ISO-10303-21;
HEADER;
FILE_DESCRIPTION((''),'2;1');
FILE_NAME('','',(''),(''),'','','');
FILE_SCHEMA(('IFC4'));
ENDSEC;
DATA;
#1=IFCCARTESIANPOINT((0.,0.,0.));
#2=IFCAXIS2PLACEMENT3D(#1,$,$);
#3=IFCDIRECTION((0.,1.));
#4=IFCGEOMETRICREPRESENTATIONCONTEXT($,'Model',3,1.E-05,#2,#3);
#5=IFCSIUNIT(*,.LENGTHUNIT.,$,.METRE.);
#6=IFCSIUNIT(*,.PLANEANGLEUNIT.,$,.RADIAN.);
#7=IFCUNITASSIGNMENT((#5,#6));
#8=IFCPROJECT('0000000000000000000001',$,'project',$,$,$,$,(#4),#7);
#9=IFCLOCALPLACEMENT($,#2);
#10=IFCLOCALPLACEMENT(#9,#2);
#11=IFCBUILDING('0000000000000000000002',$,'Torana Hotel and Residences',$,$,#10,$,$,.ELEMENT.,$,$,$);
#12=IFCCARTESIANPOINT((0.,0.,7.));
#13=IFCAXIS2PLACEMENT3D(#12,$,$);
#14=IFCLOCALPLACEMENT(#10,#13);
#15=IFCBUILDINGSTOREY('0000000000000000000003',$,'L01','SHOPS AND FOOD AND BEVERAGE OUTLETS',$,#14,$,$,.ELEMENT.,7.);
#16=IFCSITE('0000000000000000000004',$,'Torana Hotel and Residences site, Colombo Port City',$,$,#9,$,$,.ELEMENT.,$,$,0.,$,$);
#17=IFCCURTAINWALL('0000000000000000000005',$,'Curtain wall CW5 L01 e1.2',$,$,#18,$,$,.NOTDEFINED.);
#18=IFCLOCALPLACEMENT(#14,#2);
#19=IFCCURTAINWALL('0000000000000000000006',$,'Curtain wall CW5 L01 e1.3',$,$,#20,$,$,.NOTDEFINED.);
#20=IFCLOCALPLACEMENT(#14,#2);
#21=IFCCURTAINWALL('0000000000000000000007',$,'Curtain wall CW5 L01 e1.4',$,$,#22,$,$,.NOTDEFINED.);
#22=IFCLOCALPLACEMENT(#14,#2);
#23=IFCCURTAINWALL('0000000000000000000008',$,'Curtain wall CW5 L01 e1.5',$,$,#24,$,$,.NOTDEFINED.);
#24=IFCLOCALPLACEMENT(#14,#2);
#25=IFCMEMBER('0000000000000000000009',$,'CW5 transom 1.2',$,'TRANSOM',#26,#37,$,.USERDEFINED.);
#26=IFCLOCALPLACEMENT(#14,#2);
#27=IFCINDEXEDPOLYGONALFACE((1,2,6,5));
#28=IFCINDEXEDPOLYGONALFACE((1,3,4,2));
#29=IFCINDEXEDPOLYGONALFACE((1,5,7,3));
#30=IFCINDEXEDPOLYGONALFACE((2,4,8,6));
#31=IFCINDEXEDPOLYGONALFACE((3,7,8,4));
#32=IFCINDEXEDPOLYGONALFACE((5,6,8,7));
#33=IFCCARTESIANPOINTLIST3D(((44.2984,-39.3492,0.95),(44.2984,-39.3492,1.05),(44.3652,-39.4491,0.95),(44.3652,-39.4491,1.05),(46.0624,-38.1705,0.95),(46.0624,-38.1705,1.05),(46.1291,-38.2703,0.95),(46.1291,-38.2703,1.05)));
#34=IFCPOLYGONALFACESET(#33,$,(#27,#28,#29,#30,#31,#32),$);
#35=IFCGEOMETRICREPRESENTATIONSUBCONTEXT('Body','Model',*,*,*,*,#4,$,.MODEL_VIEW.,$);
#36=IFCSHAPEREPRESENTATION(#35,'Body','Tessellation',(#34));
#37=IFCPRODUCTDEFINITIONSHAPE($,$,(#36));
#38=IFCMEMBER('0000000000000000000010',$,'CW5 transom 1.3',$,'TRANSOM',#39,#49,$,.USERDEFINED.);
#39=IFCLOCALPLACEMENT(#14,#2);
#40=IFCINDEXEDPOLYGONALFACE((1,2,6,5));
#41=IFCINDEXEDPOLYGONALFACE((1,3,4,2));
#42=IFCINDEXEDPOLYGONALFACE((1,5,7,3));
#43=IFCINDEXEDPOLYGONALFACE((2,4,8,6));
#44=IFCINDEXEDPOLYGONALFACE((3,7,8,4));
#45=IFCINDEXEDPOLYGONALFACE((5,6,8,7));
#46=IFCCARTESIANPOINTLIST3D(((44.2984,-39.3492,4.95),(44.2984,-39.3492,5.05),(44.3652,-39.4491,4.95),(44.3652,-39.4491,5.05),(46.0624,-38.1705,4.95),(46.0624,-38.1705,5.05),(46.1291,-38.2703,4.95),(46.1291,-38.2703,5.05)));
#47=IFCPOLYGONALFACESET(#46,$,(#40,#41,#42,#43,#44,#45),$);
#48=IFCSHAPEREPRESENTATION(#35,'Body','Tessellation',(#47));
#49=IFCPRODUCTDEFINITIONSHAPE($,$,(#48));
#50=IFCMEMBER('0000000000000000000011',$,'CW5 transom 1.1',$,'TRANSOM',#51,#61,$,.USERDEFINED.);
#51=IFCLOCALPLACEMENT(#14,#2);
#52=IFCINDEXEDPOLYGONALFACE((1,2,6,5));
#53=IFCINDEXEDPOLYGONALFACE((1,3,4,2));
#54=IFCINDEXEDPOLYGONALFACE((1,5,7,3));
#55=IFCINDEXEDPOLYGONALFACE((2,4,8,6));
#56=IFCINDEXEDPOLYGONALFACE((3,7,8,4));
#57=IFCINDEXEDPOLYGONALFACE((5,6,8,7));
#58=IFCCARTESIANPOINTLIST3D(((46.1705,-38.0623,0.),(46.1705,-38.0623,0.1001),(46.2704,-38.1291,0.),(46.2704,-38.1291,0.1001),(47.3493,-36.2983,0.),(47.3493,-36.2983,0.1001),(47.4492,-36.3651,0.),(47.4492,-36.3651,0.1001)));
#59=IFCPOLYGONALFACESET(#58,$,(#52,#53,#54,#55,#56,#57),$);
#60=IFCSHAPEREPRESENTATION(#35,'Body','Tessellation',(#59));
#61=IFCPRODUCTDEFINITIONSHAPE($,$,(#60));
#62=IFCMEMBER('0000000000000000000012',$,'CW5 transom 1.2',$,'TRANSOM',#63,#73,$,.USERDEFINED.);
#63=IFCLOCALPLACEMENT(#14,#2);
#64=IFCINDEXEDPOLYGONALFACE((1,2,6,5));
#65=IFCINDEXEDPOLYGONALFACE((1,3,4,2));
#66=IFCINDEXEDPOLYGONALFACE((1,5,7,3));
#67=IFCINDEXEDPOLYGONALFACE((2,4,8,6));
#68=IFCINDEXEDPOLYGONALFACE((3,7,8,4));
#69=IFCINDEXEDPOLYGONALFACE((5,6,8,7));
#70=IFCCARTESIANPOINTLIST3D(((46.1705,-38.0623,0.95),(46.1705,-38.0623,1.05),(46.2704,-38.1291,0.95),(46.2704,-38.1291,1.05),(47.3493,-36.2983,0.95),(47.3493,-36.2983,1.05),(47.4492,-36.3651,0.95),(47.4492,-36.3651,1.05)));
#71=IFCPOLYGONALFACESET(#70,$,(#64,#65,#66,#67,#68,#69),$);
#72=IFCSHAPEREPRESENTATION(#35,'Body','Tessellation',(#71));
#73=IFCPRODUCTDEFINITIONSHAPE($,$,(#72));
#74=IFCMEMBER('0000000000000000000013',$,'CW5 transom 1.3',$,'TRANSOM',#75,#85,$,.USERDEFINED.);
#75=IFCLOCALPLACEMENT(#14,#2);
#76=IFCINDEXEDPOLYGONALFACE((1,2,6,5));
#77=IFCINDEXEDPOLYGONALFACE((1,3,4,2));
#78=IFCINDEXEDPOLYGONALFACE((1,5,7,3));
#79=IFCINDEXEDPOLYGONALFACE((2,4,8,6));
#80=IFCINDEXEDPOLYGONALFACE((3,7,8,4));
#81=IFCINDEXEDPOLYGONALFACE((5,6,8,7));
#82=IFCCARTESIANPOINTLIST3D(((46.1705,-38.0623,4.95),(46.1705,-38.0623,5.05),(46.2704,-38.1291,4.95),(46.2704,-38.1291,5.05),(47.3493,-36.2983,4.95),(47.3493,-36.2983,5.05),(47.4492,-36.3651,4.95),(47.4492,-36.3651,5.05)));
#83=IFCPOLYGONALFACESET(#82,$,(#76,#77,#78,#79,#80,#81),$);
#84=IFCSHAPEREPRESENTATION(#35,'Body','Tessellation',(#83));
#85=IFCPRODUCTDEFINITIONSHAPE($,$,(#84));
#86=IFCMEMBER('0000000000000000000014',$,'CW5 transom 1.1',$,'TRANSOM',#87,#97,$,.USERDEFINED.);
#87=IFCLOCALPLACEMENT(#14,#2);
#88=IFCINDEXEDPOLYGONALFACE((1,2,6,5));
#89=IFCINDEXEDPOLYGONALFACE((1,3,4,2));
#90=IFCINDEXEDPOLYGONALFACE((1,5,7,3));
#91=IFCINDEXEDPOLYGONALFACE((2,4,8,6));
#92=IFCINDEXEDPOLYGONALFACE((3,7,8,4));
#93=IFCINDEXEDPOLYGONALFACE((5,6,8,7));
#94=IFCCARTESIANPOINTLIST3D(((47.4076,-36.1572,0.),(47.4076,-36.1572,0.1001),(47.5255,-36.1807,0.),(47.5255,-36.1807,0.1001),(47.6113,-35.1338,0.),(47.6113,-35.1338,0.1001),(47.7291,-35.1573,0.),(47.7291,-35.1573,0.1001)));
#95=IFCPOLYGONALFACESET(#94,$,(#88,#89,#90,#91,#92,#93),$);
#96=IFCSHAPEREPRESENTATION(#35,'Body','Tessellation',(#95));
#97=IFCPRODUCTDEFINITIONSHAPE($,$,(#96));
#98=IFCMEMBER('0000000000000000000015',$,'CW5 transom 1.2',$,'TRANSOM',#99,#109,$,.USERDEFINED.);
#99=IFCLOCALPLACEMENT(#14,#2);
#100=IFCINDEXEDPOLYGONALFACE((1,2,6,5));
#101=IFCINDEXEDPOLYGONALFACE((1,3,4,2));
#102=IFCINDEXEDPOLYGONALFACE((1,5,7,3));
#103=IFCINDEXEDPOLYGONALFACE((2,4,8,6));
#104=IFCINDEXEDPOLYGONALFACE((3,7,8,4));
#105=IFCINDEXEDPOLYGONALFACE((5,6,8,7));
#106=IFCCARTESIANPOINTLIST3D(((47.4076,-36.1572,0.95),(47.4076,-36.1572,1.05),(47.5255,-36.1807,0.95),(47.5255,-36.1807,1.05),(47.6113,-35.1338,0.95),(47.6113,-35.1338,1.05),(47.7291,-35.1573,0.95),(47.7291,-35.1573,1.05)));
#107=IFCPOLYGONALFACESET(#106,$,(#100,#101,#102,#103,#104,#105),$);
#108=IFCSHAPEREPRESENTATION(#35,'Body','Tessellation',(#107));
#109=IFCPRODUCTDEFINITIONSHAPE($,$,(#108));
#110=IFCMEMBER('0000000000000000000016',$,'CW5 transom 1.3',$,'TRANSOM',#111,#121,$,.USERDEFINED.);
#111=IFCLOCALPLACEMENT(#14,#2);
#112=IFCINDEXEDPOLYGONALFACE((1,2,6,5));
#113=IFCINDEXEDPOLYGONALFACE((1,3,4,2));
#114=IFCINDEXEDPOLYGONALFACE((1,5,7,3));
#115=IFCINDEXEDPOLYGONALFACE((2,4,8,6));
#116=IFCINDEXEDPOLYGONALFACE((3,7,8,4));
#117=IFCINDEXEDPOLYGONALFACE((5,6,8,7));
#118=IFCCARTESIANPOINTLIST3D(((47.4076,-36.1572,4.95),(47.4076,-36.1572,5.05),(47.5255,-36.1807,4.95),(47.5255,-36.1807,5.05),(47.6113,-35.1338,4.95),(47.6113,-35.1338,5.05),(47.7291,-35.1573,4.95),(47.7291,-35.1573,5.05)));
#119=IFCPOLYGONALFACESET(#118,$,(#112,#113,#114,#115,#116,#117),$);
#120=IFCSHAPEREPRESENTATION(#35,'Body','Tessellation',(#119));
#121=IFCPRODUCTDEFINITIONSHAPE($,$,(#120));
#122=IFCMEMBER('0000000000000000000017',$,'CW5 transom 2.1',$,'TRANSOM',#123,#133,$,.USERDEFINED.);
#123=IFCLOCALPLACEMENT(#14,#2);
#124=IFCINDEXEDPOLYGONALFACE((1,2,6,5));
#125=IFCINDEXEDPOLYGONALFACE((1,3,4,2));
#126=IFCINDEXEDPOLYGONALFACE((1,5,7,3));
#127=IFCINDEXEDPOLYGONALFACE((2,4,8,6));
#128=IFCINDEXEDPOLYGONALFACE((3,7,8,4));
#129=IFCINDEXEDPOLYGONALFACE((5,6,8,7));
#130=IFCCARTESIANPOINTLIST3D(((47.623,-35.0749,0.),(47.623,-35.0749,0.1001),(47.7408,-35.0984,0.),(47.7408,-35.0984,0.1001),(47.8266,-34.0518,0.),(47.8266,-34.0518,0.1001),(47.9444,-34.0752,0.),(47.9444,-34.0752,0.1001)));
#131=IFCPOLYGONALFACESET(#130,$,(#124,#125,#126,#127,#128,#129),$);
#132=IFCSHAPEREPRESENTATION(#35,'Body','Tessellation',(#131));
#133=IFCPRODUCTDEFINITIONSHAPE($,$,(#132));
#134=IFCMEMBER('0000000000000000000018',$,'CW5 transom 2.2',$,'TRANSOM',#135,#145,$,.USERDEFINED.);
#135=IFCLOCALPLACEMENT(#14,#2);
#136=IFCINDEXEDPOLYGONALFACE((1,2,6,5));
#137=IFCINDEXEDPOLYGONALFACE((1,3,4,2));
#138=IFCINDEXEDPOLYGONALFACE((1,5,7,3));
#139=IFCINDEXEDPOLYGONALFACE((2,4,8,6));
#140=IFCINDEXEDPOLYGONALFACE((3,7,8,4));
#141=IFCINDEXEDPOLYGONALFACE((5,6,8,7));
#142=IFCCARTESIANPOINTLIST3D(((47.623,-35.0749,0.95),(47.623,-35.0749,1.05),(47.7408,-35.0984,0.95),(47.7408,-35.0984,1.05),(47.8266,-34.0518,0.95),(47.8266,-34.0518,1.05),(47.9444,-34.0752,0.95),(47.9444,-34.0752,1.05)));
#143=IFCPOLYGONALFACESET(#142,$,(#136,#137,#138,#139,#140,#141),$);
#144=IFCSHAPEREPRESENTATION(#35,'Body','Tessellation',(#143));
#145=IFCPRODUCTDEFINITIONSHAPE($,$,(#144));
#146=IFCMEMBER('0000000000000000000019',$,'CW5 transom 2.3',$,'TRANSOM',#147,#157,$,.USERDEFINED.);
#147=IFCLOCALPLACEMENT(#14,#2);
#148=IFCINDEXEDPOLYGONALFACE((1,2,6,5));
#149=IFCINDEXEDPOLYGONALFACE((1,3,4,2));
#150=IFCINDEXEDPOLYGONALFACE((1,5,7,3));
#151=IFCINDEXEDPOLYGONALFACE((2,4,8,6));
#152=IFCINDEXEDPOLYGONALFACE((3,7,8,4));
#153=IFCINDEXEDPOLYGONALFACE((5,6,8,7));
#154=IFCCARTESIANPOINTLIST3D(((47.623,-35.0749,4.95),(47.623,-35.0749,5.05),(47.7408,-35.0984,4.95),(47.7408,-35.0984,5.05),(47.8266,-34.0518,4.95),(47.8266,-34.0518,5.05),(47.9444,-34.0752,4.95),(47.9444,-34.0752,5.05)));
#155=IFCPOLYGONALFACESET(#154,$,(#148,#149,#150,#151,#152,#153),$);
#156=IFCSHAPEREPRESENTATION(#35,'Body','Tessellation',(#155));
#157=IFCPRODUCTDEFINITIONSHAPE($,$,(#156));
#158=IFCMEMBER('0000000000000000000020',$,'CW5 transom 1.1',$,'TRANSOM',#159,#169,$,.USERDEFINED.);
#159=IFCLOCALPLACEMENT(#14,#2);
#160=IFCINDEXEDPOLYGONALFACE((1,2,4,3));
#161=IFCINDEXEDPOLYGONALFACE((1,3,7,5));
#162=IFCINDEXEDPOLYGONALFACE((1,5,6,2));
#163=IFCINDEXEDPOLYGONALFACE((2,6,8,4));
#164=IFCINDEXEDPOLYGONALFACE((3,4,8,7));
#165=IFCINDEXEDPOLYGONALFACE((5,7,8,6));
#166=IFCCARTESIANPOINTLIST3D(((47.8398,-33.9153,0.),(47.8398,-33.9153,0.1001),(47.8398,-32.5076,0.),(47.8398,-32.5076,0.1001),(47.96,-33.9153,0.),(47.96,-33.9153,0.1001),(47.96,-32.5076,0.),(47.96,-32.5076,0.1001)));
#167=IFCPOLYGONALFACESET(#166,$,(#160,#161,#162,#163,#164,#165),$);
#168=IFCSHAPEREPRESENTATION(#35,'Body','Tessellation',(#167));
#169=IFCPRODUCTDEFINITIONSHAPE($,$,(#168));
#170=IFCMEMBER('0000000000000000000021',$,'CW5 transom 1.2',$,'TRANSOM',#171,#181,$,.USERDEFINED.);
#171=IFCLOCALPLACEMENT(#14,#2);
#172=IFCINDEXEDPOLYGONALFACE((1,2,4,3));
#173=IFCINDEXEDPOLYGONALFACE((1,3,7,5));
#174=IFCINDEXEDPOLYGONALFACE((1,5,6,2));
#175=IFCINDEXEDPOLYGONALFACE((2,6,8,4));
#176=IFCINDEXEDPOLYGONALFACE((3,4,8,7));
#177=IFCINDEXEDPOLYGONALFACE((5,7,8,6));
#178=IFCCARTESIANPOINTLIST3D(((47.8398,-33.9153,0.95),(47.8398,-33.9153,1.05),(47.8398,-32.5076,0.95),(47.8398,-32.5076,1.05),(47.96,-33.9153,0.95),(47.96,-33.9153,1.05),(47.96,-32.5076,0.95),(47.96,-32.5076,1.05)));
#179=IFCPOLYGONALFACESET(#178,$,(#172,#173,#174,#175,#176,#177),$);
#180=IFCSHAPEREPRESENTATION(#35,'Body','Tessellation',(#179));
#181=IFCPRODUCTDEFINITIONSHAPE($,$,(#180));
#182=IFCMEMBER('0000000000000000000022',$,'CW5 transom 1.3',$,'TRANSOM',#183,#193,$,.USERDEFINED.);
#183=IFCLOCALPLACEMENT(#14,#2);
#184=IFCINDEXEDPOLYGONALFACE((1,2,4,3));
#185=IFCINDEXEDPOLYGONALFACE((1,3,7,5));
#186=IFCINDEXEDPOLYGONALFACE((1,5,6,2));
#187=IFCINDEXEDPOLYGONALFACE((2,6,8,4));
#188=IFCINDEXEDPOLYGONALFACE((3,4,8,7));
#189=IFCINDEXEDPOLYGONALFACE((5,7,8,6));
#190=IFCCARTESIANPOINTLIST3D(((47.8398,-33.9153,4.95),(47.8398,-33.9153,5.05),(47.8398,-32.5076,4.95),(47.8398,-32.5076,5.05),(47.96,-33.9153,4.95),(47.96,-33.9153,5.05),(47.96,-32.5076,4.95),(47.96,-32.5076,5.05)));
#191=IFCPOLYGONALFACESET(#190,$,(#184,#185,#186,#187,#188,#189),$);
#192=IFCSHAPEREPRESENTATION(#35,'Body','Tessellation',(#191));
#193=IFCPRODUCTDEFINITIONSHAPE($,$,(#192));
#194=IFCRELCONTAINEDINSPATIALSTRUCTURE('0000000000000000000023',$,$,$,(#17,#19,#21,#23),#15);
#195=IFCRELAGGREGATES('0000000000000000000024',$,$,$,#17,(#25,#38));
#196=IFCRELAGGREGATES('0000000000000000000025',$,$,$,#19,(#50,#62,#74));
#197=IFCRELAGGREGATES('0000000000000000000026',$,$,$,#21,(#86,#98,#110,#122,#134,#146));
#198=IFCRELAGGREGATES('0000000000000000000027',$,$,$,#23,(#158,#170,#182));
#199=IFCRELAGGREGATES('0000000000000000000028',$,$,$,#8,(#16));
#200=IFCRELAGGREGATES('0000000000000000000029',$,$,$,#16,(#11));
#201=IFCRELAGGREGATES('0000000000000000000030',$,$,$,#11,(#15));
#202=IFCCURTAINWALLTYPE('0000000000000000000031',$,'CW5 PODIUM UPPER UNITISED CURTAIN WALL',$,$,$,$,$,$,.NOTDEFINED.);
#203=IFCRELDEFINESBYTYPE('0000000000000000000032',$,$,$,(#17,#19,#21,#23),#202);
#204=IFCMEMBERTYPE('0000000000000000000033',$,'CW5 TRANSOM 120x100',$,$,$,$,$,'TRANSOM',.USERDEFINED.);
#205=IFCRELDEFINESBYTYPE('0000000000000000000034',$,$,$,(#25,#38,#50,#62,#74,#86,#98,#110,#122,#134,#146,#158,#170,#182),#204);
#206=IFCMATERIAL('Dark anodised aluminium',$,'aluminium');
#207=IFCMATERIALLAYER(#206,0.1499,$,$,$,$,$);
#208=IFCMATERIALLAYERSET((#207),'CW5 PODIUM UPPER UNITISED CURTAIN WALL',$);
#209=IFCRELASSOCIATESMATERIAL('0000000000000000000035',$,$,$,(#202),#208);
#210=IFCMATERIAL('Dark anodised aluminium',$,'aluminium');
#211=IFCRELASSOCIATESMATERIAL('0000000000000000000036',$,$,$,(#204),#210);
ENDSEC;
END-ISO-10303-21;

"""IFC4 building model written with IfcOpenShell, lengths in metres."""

from ifc_helpers import new_model, si_unit, direction, frame, origin, origin_2d, place, context, subcontext, project, spatial, rectangle, extrude, material, layer, layer_set, material_profile, profile_set, type_object, element, aggregate, save


model = new_model("IFC4")

# Units and contexts
model_context = context("Model", 3, precision=1e-05, world=origin(), true_north=direction((0.0, 1.0)))
body_context = subcontext(model_context, "Body", "Model", "MODEL_VIEW")
ifc_project = project(units=[si_unit("LENGTHUNIT", "METRE"), si_unit("PLANEANGLEUNIT", "RADIAN")], contexts=[model_context])

# Site, building, storey
site_placement = place(None, origin())
site = spatial("IfcSite", under=ifc_project, at=site_placement, Name="Torana Hotel and Residences site, Colombo Port City", CompositionType="ELEMENT", RefElevation=0.0)
building_placement = place(site_placement, origin())
building = spatial("IfcBuilding", under=site, at=building_placement, Name="Torana Hotel and Residences", CompositionType="ELEMENT")
storey_placement = place(building_placement, frame((0.0, 0.0, 7.0)))
storey = spatial("IfcBuildingStorey", under=building, at=storey_placement, Name="L01", Description="SHOPS AND FOOD AND BEVERAGE OUTLETS", CompositionType="ELEMENT", Elevation=7.0)

# Shared definitions
ifc_material_1 = material(Name="Dark anodised aluminium", Category="aluminium")
ifc_layer_1 = layer(ifc_material_1, 0.1499)
ifc_layer_set_1 = layer_set([ifc_layer_1], Name="CW5 PODIUM UPPER UNITISED CURTAIN WALL")
curtain_wall_type = type_object("IfcCurtainWallType", Name="CW5 PODIUM UPPER UNITISED CURTAIN WALL", PredefinedType="NOTDEFINED", material=ifc_layer_set_1)

# Curtain walls
curtain_wall_1_placement = place(storey_placement, origin())
curtain_wall_1 = element("IfcCurtainWall", 1, at=curtain_wall_1_placement, inside=storey, type_object=curtain_wall_type, Name="Curtain wall CW5 L01 e1.2", PredefinedType="NOTDEFINED")
curtain_wall_2_placement = place(storey_placement, origin())
curtain_wall_2 = element("IfcCurtainWall", 2, at=curtain_wall_2_placement, inside=storey, type_object=curtain_wall_type, Name="Curtain wall CW5 L01 e1.3", PredefinedType="NOTDEFINED")
curtain_wall_3_placement = place(storey_placement, origin())
curtain_wall_3 = element("IfcCurtainWall", 3, at=curtain_wall_3_placement, inside=storey, type_object=curtain_wall_type, Name="Curtain wall CW5 L01 e1.4", PredefinedType="NOTDEFINED")

# Curtain wall
curtain_wall_4_placement = place(storey_placement, origin())
curtain_wall_4 = element("IfcCurtainWall", 4, at=curtain_wall_4_placement, inside=storey, type_object=curtain_wall_type, Name="Curtain wall CW5 L01 e1.5", PredefinedType="NOTDEFINED")

# Members
ifc_material_2 = material(Name="Dark anodised aluminium", Category="aluminium")
ifc_material_profile_1 = material_profile(ifc_material_2, rectangle(XDim=0.1201, YDim=0.1001, at=origin_2d()), Name="CW5 TRANSOM 120x100")
ifc_profile_set_1 = profile_set([ifc_material_profile_1], Name="Dark anodised aluminium")
member_type_1 = type_object("IfcMemberType", Name="CW5 TRANSOM 120x100", ElementType="TRANSOM", PredefinedType="USERDEFINED", material=ifc_profile_set_1)
member_1_placement = place(storey_placement, frame((44.3318, -39.3992, 1.0), z_axis=(0.831448, 0.555603, 0.0), x_axis=(-0.555603, 0.831448, 0.0)))
member_1 = element("IfcMember", 5, at=member_1_placement, type_object=member_type_1, Name="CW5 transom 1.2", ObjectType="TRANSOM", PredefinedType="USERDEFINED", context=body_context, shape_type="SweptSolid", body=[
    extrude(rectangle(XDim=0.1201, YDim=0.1001, at=origin_2d()), origin(), (0.0, 0.0, 1.0), 2.1216),
])
member_2_placement = place(storey_placement, frame((44.3318, -39.3992, 5.0), z_axis=(0.831448, 0.555603, 0.0), x_axis=(-0.555603, 0.831448, 0.0)))
member_2 = element("IfcMember", 6, at=member_2_placement, type_object=member_type_1, Name="CW5 transom 1.3", ObjectType="TRANSOM", PredefinedType="USERDEFINED", context=body_context, shape_type="SweptSolid", body=[
    extrude(rectangle(XDim=0.1201, YDim=0.1001, at=origin_2d()), origin(), (0.0, 0.0, 1.0), 2.1216),
])
member_3_placement = place(storey_placement, frame((46.2205, -38.0957, 0.05), z_axis=(0.555603, 0.831448, 0.0), x_axis=(-0.831448, 0.555603, 0.0)))
member_3 = element("IfcMember", 7, at=member_3_placement, type_object=member_type_1, Name="CW5 transom 1.1", ObjectType="TRANSOM", PredefinedType="USERDEFINED", context=body_context, shape_type="SweptSolid", body=[
    extrude(rectangle(XDim=0.1201, YDim=0.1001, at=origin_2d()), origin(), (0.0, 0.0, 1.0), 2.1216),
])
member_4_placement = place(storey_placement, frame((46.2205, -38.0957, 1.0), z_axis=(0.555603, 0.831448, 0.0), x_axis=(-0.831448, 0.555603, 0.0)))
member_4 = element("IfcMember", 8, at=member_4_placement, type_object=member_type_1, Name="CW5 transom 1.2", ObjectType="TRANSOM", PredefinedType="USERDEFINED", context=body_context, shape_type="SweptSolid", body=[
    extrude(rectangle(XDim=0.1201, YDim=0.1001, at=origin_2d()), origin(), (0.0, 0.0, 1.0), 2.1216),
])
member_5_placement = place(storey_placement, frame((46.2205, -38.0957, 5.0), z_axis=(0.555603, 0.831448, 0.0), x_axis=(-0.831448, 0.555603, 0.0)))
member_5 = element("IfcMember", 9, at=member_5_placement, type_object=member_type_1, Name="CW5 transom 1.3", ObjectType="TRANSOM", PredefinedType="USERDEFINED", context=body_context, shape_type="SweptSolid", body=[
    extrude(rectangle(XDim=0.1201, YDim=0.1001, at=origin_2d()), origin(), (0.0, 0.0, 1.0), 2.1216),
])
member_6_placement = place(storey_placement, frame((47.4666, -36.1689, 0.05), z_axis=(0.195126, 0.980778, 0.0), x_axis=(-0.980778, 0.195126, 0.0)))
member_6 = element("IfcMember", 10, at=member_6_placement, type_object=member_type_1, Name="CW5 transom 1.1", ObjectType="TRANSOM", PredefinedType="USERDEFINED", context=body_context, shape_type="SweptSolid", body=[
    extrude(rectangle(XDim=0.1201, YDim=0.1001, at=origin_2d()), origin(), (0.0, 0.0, 1.0), 1.0435),
])
member_7_placement = place(storey_placement, frame((47.4666, -36.1689, 1.0), z_axis=(0.195126, 0.980778, 0.0), x_axis=(-0.980778, 0.195126, 0.0)))
member_7 = element("IfcMember", 11, at=member_7_placement, type_object=member_type_1, Name="CW5 transom 1.2", ObjectType="TRANSOM", PredefinedType="USERDEFINED", context=body_context, shape_type="SweptSolid", body=[
    extrude(rectangle(XDim=0.1201, YDim=0.1001, at=origin_2d()), origin(), (0.0, 0.0, 1.0), 1.0435),
])
member_8_placement = place(storey_placement, frame((47.4666, -36.1689, 5.0), z_axis=(0.195126, 0.980778, 0.0), x_axis=(-0.980778, 0.195126, 0.0)))
member_8 = element("IfcMember", 12, at=member_8_placement, type_object=member_type_1, Name="CW5 transom 1.3", ObjectType="TRANSOM", PredefinedType="USERDEFINED", context=body_context, shape_type="SweptSolid", body=[
    extrude(rectangle(XDim=0.1201, YDim=0.1001, at=origin_2d()), origin(), (0.0, 0.0, 1.0), 1.0435),
])
member_9_placement = place(storey_placement, frame((47.6819, -35.0867, 0.05), z_axis=(0.195171, 0.980769, 0.0), x_axis=(-0.980769, 0.195171, 0.0)))
member_9 = element("IfcMember", 13, at=member_9_placement, type_object=member_type_1, Name="CW5 transom 2.1", ObjectType="TRANSOM", PredefinedType="USERDEFINED", context=body_context, shape_type="SweptSolid", body=[
    extrude(rectangle(XDim=0.1201, YDim=0.1001, at=origin_2d()), origin(), (0.0, 0.0, 1.0), 1.0432),
])
member_10_placement = place(storey_placement, frame((47.6819, -35.0867, 1.0), z_axis=(0.195171, 0.980769, 0.0), x_axis=(-0.980769, 0.195171, 0.0)))
member_10 = element("IfcMember", 14, at=member_10_placement, type_object=member_type_1, Name="CW5 transom 2.2", ObjectType="TRANSOM", PredefinedType="USERDEFINED", context=body_context, shape_type="SweptSolid", body=[
    extrude(rectangle(XDim=0.1201, YDim=0.1001, at=origin_2d()), origin(), (0.0, 0.0, 1.0), 1.0432),
])
member_11_placement = place(storey_placement, frame((47.6819, -35.0867, 5.0), z_axis=(0.195171, 0.980769, 0.0), x_axis=(-0.980769, 0.195171, 0.0)))
member_11 = element("IfcMember", 15, at=member_11_placement, type_object=member_type_1, Name="CW5 transom 2.3", ObjectType="TRANSOM", PredefinedType="USERDEFINED", context=body_context, shape_type="SweptSolid", body=[
    extrude(rectangle(XDim=0.1201, YDim=0.1001, at=origin_2d()), origin(), (0.0, 0.0, 1.0), 1.0432),
])
member_12_placement = place(storey_placement, frame((47.8999, -33.9153, 0.05), z_axis=(0.0, 1.0, 0.0), x_axis=(-1.0, 0.0, 0.0)))
member_12 = element("IfcMember", 16, at=member_12_placement, type_object=member_type_1, Name="CW5 transom 1.1", ObjectType="TRANSOM", PredefinedType="USERDEFINED", context=body_context, shape_type="SweptSolid", body=[
    extrude(rectangle(XDim=0.1201, YDim=0.1001, at=origin_2d()), origin(), (0.0, 0.0, 1.0), 1.4077),
])
member_13_placement = place(storey_placement, frame((47.8999, -33.9153, 1.0), z_axis=(0.0, 1.0, 0.0), x_axis=(-1.0, 0.0, 0.0)))
member_13 = element("IfcMember", 17, at=member_13_placement, type_object=member_type_1, Name="CW5 transom 1.2", ObjectType="TRANSOM", PredefinedType="USERDEFINED", context=body_context, shape_type="SweptSolid", body=[
    extrude(rectangle(XDim=0.1201, YDim=0.1001, at=origin_2d()), origin(), (0.0, 0.0, 1.0), 1.4077),
])
member_14_placement = place(storey_placement, frame((47.8999, -33.9153, 5.0), z_axis=(0.0, 1.0, 0.0), x_axis=(-1.0, 0.0, 0.0)))
member_14 = element("IfcMember", 18, at=member_14_placement, type_object=member_type_1, Name="CW5 transom 1.3", ObjectType="TRANSOM", PredefinedType="USERDEFINED", context=body_context, shape_type="SweptSolid", body=[
    extrude(rectangle(XDim=0.1201, YDim=0.1001, at=origin_2d()), origin(), (0.0, 0.0, 1.0), 1.4077),
])

aggregate(curtain_wall_1, [member_1, member_2])
aggregate(curtain_wall_2, [member_3, member_4, member_5])
aggregate(curtain_wall_3, [member_6, member_7, member_8, member_9, member_10, member_11])
aggregate(curtain_wall_4, [member_12, member_13, member_14])

save(model, "model.ifc")
